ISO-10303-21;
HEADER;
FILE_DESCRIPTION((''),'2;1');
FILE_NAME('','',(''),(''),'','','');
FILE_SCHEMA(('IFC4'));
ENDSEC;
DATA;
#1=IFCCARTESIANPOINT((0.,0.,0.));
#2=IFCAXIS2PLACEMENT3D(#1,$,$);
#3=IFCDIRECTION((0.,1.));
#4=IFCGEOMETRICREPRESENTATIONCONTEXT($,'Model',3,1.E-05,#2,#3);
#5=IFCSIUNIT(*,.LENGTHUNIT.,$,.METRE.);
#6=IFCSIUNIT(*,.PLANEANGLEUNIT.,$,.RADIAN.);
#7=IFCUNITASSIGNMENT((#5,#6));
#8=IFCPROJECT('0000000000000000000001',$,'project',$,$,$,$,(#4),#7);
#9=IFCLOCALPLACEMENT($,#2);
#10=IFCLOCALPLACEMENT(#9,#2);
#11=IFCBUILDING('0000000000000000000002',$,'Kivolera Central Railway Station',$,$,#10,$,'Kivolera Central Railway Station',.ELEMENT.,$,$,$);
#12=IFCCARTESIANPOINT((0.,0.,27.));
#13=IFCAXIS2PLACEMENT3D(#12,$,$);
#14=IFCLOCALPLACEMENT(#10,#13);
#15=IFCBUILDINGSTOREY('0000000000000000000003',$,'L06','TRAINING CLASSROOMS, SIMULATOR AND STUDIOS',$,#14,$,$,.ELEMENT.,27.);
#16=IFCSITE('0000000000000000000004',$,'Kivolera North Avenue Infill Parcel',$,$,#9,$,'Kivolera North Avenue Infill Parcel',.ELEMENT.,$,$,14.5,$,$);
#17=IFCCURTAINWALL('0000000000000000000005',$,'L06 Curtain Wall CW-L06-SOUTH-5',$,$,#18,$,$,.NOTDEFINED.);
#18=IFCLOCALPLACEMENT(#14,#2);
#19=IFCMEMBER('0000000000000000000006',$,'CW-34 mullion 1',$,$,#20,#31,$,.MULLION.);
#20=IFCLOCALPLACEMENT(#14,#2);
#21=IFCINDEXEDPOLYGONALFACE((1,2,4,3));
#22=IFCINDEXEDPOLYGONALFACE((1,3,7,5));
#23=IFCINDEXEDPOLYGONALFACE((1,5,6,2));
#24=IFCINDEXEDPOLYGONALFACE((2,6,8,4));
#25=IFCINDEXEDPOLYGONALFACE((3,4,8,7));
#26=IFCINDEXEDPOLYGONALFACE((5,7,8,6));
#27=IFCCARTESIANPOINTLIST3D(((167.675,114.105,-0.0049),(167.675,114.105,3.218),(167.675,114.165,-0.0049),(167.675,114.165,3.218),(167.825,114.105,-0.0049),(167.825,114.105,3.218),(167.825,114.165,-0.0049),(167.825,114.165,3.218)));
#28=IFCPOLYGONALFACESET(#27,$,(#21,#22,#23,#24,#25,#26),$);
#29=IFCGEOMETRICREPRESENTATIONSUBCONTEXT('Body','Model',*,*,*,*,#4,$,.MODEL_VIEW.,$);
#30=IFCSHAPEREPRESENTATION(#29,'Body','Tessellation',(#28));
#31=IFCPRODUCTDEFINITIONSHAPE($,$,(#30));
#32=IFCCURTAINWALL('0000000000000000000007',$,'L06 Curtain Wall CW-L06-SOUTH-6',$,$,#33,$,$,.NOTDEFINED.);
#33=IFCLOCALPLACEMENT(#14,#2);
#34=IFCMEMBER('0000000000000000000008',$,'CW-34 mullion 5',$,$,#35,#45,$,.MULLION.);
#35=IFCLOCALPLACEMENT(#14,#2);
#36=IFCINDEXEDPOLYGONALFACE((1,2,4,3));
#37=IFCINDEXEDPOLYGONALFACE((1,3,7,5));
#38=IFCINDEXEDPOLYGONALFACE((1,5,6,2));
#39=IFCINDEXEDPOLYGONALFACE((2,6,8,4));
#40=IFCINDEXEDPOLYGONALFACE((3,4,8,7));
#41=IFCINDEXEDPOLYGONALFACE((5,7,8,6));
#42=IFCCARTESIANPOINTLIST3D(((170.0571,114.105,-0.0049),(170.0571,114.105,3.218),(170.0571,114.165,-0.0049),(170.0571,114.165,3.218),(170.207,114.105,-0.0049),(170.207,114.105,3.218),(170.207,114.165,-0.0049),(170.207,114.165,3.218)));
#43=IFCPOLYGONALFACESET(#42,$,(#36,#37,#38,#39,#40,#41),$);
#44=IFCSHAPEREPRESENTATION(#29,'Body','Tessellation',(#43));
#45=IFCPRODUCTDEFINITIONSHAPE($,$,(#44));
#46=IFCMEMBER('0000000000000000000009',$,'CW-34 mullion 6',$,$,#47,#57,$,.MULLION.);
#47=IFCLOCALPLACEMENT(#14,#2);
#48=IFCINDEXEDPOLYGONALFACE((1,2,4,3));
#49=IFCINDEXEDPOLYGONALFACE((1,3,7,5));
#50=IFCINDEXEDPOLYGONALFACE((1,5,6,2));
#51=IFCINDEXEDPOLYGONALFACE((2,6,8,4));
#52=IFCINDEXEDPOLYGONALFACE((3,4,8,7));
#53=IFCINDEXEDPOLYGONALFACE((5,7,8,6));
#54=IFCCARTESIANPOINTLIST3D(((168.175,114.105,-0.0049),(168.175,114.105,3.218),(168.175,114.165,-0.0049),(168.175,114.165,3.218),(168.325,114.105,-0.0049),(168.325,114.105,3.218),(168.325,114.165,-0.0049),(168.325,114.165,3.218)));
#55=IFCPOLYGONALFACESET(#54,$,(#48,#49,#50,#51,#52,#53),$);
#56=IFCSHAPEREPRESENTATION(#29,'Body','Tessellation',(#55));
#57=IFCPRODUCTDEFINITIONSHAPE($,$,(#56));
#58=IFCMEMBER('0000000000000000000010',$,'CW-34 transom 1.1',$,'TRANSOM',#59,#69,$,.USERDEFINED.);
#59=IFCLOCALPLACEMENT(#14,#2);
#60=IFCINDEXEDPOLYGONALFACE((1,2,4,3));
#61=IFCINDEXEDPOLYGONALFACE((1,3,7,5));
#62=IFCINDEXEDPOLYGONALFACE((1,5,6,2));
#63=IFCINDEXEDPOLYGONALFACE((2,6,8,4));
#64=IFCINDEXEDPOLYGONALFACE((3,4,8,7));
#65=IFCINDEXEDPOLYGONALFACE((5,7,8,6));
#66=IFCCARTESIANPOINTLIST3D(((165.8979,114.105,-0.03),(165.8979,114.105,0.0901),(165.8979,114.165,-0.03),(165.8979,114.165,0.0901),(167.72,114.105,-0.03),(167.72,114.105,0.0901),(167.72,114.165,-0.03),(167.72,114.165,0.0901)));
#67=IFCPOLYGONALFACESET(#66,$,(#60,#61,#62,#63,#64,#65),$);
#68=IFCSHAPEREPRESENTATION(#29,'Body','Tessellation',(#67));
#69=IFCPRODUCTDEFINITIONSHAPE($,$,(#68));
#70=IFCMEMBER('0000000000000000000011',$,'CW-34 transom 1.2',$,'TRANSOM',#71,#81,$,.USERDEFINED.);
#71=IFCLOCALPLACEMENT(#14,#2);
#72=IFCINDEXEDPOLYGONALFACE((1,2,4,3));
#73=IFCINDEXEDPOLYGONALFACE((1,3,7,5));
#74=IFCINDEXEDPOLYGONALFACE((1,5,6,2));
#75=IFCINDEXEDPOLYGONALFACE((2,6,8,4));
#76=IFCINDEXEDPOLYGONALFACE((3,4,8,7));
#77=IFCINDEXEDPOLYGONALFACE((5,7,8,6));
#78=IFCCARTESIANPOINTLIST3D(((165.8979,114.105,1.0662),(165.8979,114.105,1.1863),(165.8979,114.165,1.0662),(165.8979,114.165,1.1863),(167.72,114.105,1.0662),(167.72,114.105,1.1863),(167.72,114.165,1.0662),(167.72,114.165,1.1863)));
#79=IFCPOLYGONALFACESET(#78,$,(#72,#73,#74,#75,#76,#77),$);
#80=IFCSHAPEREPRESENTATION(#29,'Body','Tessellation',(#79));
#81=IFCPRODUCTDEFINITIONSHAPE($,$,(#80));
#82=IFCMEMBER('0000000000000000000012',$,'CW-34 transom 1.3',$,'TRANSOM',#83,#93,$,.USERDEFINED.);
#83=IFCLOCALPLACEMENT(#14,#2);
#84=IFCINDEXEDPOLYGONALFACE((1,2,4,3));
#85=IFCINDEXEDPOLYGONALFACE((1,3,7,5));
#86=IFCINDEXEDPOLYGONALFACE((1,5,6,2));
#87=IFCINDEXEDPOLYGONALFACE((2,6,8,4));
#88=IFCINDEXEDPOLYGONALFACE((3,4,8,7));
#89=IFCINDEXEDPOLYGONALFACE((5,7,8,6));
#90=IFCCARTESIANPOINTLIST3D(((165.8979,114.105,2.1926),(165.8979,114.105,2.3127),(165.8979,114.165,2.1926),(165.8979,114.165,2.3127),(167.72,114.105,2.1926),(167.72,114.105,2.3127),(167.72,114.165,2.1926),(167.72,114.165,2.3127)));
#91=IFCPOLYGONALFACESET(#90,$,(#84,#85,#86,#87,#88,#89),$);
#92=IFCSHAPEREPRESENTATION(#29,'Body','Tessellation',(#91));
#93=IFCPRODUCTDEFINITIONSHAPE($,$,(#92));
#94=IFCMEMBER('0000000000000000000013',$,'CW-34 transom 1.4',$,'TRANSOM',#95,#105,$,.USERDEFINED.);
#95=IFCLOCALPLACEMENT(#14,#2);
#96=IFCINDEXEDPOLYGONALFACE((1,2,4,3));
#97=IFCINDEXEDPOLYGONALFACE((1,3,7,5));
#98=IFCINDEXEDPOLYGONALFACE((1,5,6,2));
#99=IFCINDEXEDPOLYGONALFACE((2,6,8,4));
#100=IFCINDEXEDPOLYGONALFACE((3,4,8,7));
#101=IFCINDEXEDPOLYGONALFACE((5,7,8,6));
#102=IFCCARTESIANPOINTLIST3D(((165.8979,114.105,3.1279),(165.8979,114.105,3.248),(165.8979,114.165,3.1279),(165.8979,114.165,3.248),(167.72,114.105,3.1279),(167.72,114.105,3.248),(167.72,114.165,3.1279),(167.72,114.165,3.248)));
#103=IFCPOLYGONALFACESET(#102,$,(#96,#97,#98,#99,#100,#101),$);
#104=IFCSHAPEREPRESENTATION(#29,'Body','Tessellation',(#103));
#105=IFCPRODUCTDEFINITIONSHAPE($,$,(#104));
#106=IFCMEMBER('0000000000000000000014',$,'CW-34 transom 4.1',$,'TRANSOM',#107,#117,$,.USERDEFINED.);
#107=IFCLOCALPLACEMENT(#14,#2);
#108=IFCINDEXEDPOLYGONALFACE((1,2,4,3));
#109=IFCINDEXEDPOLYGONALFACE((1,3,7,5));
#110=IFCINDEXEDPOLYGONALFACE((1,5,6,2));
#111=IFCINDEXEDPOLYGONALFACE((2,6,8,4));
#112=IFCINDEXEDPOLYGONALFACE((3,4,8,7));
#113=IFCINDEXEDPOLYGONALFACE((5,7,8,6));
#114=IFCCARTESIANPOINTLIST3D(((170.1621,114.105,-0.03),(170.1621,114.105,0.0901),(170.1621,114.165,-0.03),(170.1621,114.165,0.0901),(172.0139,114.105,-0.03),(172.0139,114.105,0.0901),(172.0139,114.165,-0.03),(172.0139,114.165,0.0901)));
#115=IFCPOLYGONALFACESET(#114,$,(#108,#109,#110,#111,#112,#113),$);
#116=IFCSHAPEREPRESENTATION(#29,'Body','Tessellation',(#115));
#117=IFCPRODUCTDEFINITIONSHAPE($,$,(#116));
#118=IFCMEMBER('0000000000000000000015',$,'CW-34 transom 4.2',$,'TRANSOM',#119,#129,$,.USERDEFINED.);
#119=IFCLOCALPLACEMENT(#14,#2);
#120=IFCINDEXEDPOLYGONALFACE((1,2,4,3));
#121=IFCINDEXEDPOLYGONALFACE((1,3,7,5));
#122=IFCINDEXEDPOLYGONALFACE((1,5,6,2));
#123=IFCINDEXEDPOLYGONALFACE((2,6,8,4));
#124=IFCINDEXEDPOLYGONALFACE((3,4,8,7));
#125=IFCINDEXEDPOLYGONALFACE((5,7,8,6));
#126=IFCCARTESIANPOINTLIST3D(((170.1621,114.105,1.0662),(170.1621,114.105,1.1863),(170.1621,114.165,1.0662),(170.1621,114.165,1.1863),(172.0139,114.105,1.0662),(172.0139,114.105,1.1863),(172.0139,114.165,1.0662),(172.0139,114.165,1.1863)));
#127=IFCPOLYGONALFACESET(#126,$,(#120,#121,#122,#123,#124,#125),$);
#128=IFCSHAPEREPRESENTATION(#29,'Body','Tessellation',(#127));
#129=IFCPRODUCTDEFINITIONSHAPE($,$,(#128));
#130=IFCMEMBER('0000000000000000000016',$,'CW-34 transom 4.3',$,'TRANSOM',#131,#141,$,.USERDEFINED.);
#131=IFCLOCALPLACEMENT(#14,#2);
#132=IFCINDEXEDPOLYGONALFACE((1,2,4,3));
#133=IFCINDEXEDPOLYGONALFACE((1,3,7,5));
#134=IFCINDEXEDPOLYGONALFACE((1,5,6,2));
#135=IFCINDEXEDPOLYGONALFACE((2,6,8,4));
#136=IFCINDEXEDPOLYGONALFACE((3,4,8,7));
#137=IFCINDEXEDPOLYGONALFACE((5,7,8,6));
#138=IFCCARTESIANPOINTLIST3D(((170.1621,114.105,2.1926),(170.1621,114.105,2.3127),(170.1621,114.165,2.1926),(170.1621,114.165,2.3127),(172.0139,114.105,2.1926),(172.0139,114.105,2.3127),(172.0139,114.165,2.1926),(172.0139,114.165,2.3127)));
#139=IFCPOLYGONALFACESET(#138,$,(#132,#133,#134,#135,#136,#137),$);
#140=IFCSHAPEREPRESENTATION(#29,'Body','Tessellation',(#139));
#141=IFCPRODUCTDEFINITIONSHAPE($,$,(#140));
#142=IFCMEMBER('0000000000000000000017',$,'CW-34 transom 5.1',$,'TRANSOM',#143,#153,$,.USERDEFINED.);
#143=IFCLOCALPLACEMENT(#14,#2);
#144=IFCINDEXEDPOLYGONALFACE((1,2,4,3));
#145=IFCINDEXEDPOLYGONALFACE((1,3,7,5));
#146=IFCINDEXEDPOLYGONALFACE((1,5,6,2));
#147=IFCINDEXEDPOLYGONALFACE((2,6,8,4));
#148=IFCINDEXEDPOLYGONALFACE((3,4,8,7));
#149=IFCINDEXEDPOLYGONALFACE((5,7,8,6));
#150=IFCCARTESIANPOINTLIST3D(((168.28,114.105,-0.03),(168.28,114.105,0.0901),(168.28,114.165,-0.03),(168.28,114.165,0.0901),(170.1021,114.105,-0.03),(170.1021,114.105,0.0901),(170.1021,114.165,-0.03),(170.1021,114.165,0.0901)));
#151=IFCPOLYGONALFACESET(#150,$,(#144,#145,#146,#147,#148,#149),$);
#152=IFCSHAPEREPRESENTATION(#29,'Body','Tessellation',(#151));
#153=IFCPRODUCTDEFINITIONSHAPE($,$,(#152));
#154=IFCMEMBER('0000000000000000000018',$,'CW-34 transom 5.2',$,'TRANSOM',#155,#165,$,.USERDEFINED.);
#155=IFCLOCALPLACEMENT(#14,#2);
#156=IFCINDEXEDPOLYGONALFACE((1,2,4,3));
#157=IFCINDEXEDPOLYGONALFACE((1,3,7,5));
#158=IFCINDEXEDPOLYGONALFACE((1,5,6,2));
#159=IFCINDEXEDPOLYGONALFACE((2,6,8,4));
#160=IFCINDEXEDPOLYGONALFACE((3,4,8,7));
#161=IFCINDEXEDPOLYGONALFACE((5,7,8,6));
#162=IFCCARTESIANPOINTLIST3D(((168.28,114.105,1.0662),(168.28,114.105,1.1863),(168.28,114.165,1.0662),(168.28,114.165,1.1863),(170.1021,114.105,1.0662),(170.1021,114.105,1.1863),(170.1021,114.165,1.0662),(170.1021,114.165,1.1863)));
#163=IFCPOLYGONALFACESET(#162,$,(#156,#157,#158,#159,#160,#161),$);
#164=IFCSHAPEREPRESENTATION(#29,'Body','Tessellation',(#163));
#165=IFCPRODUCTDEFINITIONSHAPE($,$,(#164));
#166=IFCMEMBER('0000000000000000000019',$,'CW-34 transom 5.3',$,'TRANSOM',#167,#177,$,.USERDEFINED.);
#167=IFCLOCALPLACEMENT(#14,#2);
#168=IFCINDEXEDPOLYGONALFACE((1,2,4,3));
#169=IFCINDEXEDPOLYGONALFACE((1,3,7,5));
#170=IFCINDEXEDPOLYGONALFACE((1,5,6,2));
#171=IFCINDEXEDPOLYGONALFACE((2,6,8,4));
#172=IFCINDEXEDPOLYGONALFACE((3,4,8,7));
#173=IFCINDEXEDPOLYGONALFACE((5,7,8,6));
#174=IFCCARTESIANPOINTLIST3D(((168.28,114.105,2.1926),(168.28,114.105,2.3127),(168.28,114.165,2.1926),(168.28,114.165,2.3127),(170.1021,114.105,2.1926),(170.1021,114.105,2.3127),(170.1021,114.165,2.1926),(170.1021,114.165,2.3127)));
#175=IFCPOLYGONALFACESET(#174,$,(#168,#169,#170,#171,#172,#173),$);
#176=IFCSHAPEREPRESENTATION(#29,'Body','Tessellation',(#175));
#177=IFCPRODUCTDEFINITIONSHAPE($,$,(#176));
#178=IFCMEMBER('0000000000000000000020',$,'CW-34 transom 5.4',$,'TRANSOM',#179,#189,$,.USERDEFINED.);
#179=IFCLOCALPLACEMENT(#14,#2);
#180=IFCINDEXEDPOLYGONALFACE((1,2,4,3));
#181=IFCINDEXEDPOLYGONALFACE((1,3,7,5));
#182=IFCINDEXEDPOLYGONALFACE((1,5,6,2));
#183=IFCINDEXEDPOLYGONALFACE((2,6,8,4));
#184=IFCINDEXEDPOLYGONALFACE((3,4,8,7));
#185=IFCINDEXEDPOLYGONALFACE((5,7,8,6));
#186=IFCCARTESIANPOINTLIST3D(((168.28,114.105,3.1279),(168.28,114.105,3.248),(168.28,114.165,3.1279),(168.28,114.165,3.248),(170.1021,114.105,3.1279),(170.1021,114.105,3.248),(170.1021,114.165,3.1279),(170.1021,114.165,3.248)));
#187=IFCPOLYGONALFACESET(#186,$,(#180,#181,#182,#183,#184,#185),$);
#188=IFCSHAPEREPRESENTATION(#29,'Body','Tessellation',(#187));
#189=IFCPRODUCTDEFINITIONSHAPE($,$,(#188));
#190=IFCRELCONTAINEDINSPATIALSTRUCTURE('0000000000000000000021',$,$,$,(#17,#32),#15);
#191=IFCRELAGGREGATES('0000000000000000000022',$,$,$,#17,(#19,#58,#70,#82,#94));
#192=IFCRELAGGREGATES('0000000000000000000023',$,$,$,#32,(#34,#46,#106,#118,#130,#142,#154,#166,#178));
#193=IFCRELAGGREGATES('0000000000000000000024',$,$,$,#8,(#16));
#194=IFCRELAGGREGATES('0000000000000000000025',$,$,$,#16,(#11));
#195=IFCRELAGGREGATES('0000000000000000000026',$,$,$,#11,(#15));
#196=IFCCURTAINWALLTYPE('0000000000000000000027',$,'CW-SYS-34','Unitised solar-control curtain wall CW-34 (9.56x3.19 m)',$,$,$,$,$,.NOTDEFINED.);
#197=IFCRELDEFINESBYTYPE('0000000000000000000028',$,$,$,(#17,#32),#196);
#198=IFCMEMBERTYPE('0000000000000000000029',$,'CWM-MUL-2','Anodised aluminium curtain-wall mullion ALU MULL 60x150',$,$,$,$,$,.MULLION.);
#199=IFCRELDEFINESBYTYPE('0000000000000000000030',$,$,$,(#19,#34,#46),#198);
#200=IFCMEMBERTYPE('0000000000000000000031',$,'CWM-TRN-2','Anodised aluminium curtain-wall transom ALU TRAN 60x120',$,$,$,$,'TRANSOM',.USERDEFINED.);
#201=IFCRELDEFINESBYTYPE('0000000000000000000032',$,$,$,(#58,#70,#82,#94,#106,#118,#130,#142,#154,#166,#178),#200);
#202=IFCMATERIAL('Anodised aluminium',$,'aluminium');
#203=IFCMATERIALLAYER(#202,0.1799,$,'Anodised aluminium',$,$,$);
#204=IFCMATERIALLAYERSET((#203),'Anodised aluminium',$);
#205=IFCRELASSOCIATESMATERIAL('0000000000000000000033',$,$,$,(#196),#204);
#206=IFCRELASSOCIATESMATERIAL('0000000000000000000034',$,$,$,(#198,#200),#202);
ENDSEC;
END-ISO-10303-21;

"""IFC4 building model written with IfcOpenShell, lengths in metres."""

from ifc_helpers import new_model, si_unit, direction, frame, origin, origin_2d, place, context, subcontext, project, spatial, rectangle, extrude, material, layer, layer_set, material_profile, profile_set, type_object, element, aggregate, save


model = new_model("IFC4")

# Units and contexts
model_context = context("Model", 3, precision=1e-05, world=origin(), true_north=direction((0.0, 1.0)))
body_context = subcontext(model_context, "Body", "Model", "MODEL_VIEW")
ifc_project = project(units=[si_unit("LENGTHUNIT", "METRE"), si_unit("PLANEANGLEUNIT", "RADIAN")], contexts=[model_context])

# Site, building, storey
site_placement = place(None, origin())
site = spatial("IfcSite", under=ifc_project, at=site_placement, Name="Kivolera North Avenue Infill Parcel", LongName="Kivolera North Avenue Infill Parcel", CompositionType="ELEMENT", RefElevation=14.5)
building_placement = place(site_placement, origin())
building = spatial("IfcBuilding", under=site, at=building_placement, Name="Kivolera Central Railway Station", LongName="Kivolera Central Railway Station", CompositionType="ELEMENT")
storey_placement = place(building_placement, frame((0.0, 0.0, 27.0)))
storey = spatial("IfcBuildingStorey", under=building, at=storey_placement, Name="L06", Description="TRAINING CLASSROOMS, SIMULATOR AND STUDIOS", CompositionType="ELEMENT", Elevation=27.0)

# Curtain wall, member
ifc_material_1 = material(Name="Anodised aluminium", Category="aluminium")
ifc_layer_1 = layer(ifc_material_1, 0.1799, Name="Anodised aluminium")
ifc_layer_set_1 = layer_set([ifc_layer_1], Name="Anodised aluminium")
curtain_wall_type = type_object("IfcCurtainWallType", Name="CW-SYS-34", Description="Unitised solar-control curtain wall CW-34 (9.56x3.19 m)", PredefinedType="NOTDEFINED", material=ifc_layer_set_1)
curtain_wall_1_placement = place(storey_placement, origin())
curtain_wall_1 = element("IfcCurtainWall", 1, at=curtain_wall_1_placement, inside=storey, type_object=curtain_wall_type, Name="L06 Curtain Wall CW-L06-SOUTH-5", PredefinedType="NOTDEFINED")
ifc_material_profile_1 = material_profile(ifc_material_1, rectangle(XDim=0.0601, YDim=0.1499, at=origin_2d()), Name="ALU MULL 60x150")
ifc_profile_set_1 = profile_set([ifc_material_profile_1], Name="Anodised aluminium")
member_type_1 = type_object("IfcMemberType", Name="CWM-MUL-2", Description="Anodised aluminium curtain-wall mullion ALU MULL 60x150", PredefinedType="MULLION", material=ifc_profile_set_1)
member_1_placement = place(storey_placement, frame((167.75, 114.135, -0.0049), z_axis=(0.0, 0.0, 1.0), x_axis=(0.0, -1.0, 0.0)))
member_1 = element("IfcMember", 2, at=member_1_placement, type_object=member_type_1, Name="CW-34 mullion 1", PredefinedType="MULLION", context=body_context, shape_type="SweptSolid", body=[
    extrude(rectangle(XDim=0.0601, YDim=0.1499, at=origin_2d()), origin(), (0.0, 0.0, 1.0), 3.2229),
])

# Curtain wall, members
curtain_wall_2_placement = place(storey_placement, origin())
curtain_wall_2 = element("IfcCurtainWall", 3, at=curtain_wall_2_placement, inside=storey, type_object=curtain_wall_type, Name="L06 Curtain Wall CW-L06-SOUTH-6", PredefinedType="NOTDEFINED")
member_2_placement = place(storey_placement, frame((170.1321, 114.135, -0.0049), z_axis=(0.0, 0.0, 1.0), x_axis=(0.0, -1.0, 0.0)))
member_2 = element("IfcMember", 4, at=member_2_placement, type_object=member_type_1, Name="CW-34 mullion 5", PredefinedType="MULLION", context=body_context, shape_type="SweptSolid", body=[
    extrude(rectangle(XDim=0.0601, YDim=0.1499, at=origin_2d()), origin(), (0.0, 0.0, 1.0), 3.2229),
])
member_3_placement = place(storey_placement, frame((168.25, 114.135, -0.0049), z_axis=(0.0, 0.0, 1.0), x_axis=(0.0, -1.0, 0.0)))
member_3 = element("IfcMember", 5, at=member_3_placement, type_object=member_type_1, Name="CW-34 mullion 6", PredefinedType="MULLION", context=body_context, shape_type="SweptSolid", body=[
    extrude(rectangle(XDim=0.0601, YDim=0.1499, at=origin_2d()), origin(), (0.0, 0.0, 1.0), 3.2229),
])

# Members
ifc_material_profile_2 = material_profile(ifc_material_1, rectangle(XDim=0.0601, YDim=0.1201, at=origin_2d()), Name="ALU TRAN 60x120")
ifc_profile_set_2 = profile_set([ifc_material_profile_2], Name="Anodised aluminium")
member_type_2 = type_object("IfcMemberType", Name="CWM-TRN-2", Description="Anodised aluminium curtain-wall transom ALU TRAN 60x120", ElementType="TRANSOM", PredefinedType="USERDEFINED", material=ifc_profile_set_2)
member_4_placement = place(storey_placement, frame((167.72, 114.135, 0.03), z_axis=(-1.0, 0.0, 0.0), x_axis=(0.0, -1.0, 0.0)))
member_4 = element("IfcMember", 6, at=member_4_placement, type_object=member_type_2, Name="CW-34 transom 1.1", ObjectType="TRANSOM", PredefinedType="USERDEFINED", context=body_context, shape_type="SweptSolid", body=[
    extrude(rectangle(XDim=0.0601, YDim=0.1201, at=origin_2d()), origin(), (0.0, 0.0, 1.0), 1.822),
])
member_5_placement = place(storey_placement, frame((167.72, 114.135, 1.1262), z_axis=(-1.0, 0.0, 0.0), x_axis=(0.0, -1.0, 0.0)))
member_5 = element("IfcMember", 7, at=member_5_placement, type_object=member_type_2, Name="CW-34 transom 1.2", ObjectType="TRANSOM", PredefinedType="USERDEFINED", context=body_context, shape_type="SweptSolid", body=[
    extrude(rectangle(XDim=0.0601, YDim=0.1201, at=origin_2d()), origin(), (0.0, 0.0, 1.0), 1.822),
])
member_6_placement = place(storey_placement, frame((167.72, 114.135, 2.2527), z_axis=(-1.0, 0.0, 0.0), x_axis=(0.0, -1.0, 0.0)))
member_6 = element("IfcMember", 8, at=member_6_placement, type_object=member_type_2, Name="CW-34 transom 1.3", ObjectType="TRANSOM", PredefinedType="USERDEFINED", context=body_context, shape_type="SweptSolid", body=[
    extrude(rectangle(XDim=0.0601, YDim=0.1201, at=origin_2d()), origin(), (0.0, 0.0, 1.0), 1.822),
])
member_7_placement = place(storey_placement, frame((167.72, 114.135, 3.188), z_axis=(-1.0, 0.0, 0.0), x_axis=(0.0, -1.0, 0.0)))
member_7 = element("IfcMember", 9, at=member_7_placement, type_object=member_type_2, Name="CW-34 transom 1.4", ObjectType="TRANSOM", PredefinedType="USERDEFINED", context=body_context, shape_type="SweptSolid", body=[
    extrude(rectangle(XDim=0.0601, YDim=0.1201, at=origin_2d()), origin(), (0.0, 0.0, 1.0), 1.822),
])
member_8_placement = place(storey_placement, frame((172.0139, 114.135, 0.03), z_axis=(-1.0, 0.0, 0.0), x_axis=(0.0, -1.0, 0.0)))
member_8 = element("IfcMember", 10, at=member_8_placement, type_object=member_type_2, Name="CW-34 transom 4.1", ObjectType="TRANSOM", PredefinedType="USERDEFINED", context=body_context, shape_type="SweptSolid", body=[
    extrude(rectangle(XDim=0.0601, YDim=0.1201, at=origin_2d()), origin(), (0.0, 0.0, 1.0), 1.8518),
])
member_9_placement = place(storey_placement, frame((172.0139, 114.135, 1.1262), z_axis=(-1.0, 0.0, 0.0), x_axis=(0.0, -1.0, 0.0)))
member_9 = element("IfcMember", 11, at=member_9_placement, type_object=member_type_2, Name="CW-34 transom 4.2", ObjectType="TRANSOM", PredefinedType="USERDEFINED", context=body_context, shape_type="SweptSolid", body=[
    extrude(rectangle(XDim=0.0601, YDim=0.1201, at=origin_2d()), origin(), (0.0, 0.0, 1.0), 1.8518),
])
member_10_placement = place(storey_placement, frame((172.0139, 114.135, 2.2527), z_axis=(-1.0, 0.0, 0.0), x_axis=(0.0, -1.0, 0.0)))
member_10 = element("IfcMember", 12, at=member_10_placement, type_object=member_type_2, Name="CW-34 transom 4.3", ObjectType="TRANSOM", PredefinedType="USERDEFINED", context=body_context, shape_type="SweptSolid", body=[
    extrude(rectangle(XDim=0.0601, YDim=0.1201, at=origin_2d()), origin(), (0.0, 0.0, 1.0), 1.8518),
])
member_11_placement = place(storey_placement, frame((170.1021, 114.135, 0.03), z_axis=(-1.0, 0.0, 0.0), x_axis=(0.0, -1.0, 0.0)))
member_11 = element("IfcMember", 13, at=member_11_placement, type_object=member_type_2, Name="CW-34 transom 5.1", ObjectType="TRANSOM", PredefinedType="USERDEFINED", context=body_context, shape_type="SweptSolid", body=[
    extrude(rectangle(XDim=0.0601, YDim=0.1201, at=origin_2d()), origin(), (0.0, 0.0, 1.0), 1.822),
])
member_12_placement = place(storey_placement, frame((170.1021, 114.135, 1.1262), z_axis=(-1.0, 0.0, 0.0), x_axis=(0.0, -1.0, 0.0)))
member_12 = element("IfcMember", 14, at=member_12_placement, type_object=member_type_2, Name="CW-34 transom 5.2", ObjectType="TRANSOM", PredefinedType="USERDEFINED", context=body_context, shape_type="SweptSolid", body=[
    extrude(rectangle(XDim=0.0601, YDim=0.1201, at=origin_2d()), origin(), (0.0, 0.0, 1.0), 1.822),
])
member_13_placement = place(storey_placement, frame((170.1021, 114.135, 2.2527), z_axis=(-1.0, 0.0, 0.0), x_axis=(0.0, -1.0, 0.0)))
member_13 = element("IfcMember", 15, at=member_13_placement, type_object=member_type_2, Name="CW-34 transom 5.3", ObjectType="TRANSOM", PredefinedType="USERDEFINED", context=body_context, shape_type="SweptSolid", body=[
    extrude(rectangle(XDim=0.0601, YDim=0.1201, at=origin_2d()), origin(), (0.0, 0.0, 1.0), 1.822),
])
member_14_placement = place(storey_placement, frame((170.1021, 114.135, 3.188), z_axis=(-1.0, 0.0, 0.0), x_axis=(0.0, -1.0, 0.0)))
member_14 = element("IfcMember", 16, at=member_14_placement, type_object=member_type_2, Name="CW-34 transom 5.4", ObjectType="TRANSOM", PredefinedType="USERDEFINED", context=body_context, shape_type="SweptSolid", body=[
    extrude(rectangle(XDim=0.0601, YDim=0.1201, at=origin_2d()), origin(), (0.0, 0.0, 1.0), 1.822),
])

aggregate(curtain_wall_1, [member_1, member_4, member_5, member_6, member_7])
aggregate(curtain_wall_2, [member_2, member_3, member_8, member_9, member_10, member_11, member_12, member_13, member_14])

save(model, "model.ifc")
